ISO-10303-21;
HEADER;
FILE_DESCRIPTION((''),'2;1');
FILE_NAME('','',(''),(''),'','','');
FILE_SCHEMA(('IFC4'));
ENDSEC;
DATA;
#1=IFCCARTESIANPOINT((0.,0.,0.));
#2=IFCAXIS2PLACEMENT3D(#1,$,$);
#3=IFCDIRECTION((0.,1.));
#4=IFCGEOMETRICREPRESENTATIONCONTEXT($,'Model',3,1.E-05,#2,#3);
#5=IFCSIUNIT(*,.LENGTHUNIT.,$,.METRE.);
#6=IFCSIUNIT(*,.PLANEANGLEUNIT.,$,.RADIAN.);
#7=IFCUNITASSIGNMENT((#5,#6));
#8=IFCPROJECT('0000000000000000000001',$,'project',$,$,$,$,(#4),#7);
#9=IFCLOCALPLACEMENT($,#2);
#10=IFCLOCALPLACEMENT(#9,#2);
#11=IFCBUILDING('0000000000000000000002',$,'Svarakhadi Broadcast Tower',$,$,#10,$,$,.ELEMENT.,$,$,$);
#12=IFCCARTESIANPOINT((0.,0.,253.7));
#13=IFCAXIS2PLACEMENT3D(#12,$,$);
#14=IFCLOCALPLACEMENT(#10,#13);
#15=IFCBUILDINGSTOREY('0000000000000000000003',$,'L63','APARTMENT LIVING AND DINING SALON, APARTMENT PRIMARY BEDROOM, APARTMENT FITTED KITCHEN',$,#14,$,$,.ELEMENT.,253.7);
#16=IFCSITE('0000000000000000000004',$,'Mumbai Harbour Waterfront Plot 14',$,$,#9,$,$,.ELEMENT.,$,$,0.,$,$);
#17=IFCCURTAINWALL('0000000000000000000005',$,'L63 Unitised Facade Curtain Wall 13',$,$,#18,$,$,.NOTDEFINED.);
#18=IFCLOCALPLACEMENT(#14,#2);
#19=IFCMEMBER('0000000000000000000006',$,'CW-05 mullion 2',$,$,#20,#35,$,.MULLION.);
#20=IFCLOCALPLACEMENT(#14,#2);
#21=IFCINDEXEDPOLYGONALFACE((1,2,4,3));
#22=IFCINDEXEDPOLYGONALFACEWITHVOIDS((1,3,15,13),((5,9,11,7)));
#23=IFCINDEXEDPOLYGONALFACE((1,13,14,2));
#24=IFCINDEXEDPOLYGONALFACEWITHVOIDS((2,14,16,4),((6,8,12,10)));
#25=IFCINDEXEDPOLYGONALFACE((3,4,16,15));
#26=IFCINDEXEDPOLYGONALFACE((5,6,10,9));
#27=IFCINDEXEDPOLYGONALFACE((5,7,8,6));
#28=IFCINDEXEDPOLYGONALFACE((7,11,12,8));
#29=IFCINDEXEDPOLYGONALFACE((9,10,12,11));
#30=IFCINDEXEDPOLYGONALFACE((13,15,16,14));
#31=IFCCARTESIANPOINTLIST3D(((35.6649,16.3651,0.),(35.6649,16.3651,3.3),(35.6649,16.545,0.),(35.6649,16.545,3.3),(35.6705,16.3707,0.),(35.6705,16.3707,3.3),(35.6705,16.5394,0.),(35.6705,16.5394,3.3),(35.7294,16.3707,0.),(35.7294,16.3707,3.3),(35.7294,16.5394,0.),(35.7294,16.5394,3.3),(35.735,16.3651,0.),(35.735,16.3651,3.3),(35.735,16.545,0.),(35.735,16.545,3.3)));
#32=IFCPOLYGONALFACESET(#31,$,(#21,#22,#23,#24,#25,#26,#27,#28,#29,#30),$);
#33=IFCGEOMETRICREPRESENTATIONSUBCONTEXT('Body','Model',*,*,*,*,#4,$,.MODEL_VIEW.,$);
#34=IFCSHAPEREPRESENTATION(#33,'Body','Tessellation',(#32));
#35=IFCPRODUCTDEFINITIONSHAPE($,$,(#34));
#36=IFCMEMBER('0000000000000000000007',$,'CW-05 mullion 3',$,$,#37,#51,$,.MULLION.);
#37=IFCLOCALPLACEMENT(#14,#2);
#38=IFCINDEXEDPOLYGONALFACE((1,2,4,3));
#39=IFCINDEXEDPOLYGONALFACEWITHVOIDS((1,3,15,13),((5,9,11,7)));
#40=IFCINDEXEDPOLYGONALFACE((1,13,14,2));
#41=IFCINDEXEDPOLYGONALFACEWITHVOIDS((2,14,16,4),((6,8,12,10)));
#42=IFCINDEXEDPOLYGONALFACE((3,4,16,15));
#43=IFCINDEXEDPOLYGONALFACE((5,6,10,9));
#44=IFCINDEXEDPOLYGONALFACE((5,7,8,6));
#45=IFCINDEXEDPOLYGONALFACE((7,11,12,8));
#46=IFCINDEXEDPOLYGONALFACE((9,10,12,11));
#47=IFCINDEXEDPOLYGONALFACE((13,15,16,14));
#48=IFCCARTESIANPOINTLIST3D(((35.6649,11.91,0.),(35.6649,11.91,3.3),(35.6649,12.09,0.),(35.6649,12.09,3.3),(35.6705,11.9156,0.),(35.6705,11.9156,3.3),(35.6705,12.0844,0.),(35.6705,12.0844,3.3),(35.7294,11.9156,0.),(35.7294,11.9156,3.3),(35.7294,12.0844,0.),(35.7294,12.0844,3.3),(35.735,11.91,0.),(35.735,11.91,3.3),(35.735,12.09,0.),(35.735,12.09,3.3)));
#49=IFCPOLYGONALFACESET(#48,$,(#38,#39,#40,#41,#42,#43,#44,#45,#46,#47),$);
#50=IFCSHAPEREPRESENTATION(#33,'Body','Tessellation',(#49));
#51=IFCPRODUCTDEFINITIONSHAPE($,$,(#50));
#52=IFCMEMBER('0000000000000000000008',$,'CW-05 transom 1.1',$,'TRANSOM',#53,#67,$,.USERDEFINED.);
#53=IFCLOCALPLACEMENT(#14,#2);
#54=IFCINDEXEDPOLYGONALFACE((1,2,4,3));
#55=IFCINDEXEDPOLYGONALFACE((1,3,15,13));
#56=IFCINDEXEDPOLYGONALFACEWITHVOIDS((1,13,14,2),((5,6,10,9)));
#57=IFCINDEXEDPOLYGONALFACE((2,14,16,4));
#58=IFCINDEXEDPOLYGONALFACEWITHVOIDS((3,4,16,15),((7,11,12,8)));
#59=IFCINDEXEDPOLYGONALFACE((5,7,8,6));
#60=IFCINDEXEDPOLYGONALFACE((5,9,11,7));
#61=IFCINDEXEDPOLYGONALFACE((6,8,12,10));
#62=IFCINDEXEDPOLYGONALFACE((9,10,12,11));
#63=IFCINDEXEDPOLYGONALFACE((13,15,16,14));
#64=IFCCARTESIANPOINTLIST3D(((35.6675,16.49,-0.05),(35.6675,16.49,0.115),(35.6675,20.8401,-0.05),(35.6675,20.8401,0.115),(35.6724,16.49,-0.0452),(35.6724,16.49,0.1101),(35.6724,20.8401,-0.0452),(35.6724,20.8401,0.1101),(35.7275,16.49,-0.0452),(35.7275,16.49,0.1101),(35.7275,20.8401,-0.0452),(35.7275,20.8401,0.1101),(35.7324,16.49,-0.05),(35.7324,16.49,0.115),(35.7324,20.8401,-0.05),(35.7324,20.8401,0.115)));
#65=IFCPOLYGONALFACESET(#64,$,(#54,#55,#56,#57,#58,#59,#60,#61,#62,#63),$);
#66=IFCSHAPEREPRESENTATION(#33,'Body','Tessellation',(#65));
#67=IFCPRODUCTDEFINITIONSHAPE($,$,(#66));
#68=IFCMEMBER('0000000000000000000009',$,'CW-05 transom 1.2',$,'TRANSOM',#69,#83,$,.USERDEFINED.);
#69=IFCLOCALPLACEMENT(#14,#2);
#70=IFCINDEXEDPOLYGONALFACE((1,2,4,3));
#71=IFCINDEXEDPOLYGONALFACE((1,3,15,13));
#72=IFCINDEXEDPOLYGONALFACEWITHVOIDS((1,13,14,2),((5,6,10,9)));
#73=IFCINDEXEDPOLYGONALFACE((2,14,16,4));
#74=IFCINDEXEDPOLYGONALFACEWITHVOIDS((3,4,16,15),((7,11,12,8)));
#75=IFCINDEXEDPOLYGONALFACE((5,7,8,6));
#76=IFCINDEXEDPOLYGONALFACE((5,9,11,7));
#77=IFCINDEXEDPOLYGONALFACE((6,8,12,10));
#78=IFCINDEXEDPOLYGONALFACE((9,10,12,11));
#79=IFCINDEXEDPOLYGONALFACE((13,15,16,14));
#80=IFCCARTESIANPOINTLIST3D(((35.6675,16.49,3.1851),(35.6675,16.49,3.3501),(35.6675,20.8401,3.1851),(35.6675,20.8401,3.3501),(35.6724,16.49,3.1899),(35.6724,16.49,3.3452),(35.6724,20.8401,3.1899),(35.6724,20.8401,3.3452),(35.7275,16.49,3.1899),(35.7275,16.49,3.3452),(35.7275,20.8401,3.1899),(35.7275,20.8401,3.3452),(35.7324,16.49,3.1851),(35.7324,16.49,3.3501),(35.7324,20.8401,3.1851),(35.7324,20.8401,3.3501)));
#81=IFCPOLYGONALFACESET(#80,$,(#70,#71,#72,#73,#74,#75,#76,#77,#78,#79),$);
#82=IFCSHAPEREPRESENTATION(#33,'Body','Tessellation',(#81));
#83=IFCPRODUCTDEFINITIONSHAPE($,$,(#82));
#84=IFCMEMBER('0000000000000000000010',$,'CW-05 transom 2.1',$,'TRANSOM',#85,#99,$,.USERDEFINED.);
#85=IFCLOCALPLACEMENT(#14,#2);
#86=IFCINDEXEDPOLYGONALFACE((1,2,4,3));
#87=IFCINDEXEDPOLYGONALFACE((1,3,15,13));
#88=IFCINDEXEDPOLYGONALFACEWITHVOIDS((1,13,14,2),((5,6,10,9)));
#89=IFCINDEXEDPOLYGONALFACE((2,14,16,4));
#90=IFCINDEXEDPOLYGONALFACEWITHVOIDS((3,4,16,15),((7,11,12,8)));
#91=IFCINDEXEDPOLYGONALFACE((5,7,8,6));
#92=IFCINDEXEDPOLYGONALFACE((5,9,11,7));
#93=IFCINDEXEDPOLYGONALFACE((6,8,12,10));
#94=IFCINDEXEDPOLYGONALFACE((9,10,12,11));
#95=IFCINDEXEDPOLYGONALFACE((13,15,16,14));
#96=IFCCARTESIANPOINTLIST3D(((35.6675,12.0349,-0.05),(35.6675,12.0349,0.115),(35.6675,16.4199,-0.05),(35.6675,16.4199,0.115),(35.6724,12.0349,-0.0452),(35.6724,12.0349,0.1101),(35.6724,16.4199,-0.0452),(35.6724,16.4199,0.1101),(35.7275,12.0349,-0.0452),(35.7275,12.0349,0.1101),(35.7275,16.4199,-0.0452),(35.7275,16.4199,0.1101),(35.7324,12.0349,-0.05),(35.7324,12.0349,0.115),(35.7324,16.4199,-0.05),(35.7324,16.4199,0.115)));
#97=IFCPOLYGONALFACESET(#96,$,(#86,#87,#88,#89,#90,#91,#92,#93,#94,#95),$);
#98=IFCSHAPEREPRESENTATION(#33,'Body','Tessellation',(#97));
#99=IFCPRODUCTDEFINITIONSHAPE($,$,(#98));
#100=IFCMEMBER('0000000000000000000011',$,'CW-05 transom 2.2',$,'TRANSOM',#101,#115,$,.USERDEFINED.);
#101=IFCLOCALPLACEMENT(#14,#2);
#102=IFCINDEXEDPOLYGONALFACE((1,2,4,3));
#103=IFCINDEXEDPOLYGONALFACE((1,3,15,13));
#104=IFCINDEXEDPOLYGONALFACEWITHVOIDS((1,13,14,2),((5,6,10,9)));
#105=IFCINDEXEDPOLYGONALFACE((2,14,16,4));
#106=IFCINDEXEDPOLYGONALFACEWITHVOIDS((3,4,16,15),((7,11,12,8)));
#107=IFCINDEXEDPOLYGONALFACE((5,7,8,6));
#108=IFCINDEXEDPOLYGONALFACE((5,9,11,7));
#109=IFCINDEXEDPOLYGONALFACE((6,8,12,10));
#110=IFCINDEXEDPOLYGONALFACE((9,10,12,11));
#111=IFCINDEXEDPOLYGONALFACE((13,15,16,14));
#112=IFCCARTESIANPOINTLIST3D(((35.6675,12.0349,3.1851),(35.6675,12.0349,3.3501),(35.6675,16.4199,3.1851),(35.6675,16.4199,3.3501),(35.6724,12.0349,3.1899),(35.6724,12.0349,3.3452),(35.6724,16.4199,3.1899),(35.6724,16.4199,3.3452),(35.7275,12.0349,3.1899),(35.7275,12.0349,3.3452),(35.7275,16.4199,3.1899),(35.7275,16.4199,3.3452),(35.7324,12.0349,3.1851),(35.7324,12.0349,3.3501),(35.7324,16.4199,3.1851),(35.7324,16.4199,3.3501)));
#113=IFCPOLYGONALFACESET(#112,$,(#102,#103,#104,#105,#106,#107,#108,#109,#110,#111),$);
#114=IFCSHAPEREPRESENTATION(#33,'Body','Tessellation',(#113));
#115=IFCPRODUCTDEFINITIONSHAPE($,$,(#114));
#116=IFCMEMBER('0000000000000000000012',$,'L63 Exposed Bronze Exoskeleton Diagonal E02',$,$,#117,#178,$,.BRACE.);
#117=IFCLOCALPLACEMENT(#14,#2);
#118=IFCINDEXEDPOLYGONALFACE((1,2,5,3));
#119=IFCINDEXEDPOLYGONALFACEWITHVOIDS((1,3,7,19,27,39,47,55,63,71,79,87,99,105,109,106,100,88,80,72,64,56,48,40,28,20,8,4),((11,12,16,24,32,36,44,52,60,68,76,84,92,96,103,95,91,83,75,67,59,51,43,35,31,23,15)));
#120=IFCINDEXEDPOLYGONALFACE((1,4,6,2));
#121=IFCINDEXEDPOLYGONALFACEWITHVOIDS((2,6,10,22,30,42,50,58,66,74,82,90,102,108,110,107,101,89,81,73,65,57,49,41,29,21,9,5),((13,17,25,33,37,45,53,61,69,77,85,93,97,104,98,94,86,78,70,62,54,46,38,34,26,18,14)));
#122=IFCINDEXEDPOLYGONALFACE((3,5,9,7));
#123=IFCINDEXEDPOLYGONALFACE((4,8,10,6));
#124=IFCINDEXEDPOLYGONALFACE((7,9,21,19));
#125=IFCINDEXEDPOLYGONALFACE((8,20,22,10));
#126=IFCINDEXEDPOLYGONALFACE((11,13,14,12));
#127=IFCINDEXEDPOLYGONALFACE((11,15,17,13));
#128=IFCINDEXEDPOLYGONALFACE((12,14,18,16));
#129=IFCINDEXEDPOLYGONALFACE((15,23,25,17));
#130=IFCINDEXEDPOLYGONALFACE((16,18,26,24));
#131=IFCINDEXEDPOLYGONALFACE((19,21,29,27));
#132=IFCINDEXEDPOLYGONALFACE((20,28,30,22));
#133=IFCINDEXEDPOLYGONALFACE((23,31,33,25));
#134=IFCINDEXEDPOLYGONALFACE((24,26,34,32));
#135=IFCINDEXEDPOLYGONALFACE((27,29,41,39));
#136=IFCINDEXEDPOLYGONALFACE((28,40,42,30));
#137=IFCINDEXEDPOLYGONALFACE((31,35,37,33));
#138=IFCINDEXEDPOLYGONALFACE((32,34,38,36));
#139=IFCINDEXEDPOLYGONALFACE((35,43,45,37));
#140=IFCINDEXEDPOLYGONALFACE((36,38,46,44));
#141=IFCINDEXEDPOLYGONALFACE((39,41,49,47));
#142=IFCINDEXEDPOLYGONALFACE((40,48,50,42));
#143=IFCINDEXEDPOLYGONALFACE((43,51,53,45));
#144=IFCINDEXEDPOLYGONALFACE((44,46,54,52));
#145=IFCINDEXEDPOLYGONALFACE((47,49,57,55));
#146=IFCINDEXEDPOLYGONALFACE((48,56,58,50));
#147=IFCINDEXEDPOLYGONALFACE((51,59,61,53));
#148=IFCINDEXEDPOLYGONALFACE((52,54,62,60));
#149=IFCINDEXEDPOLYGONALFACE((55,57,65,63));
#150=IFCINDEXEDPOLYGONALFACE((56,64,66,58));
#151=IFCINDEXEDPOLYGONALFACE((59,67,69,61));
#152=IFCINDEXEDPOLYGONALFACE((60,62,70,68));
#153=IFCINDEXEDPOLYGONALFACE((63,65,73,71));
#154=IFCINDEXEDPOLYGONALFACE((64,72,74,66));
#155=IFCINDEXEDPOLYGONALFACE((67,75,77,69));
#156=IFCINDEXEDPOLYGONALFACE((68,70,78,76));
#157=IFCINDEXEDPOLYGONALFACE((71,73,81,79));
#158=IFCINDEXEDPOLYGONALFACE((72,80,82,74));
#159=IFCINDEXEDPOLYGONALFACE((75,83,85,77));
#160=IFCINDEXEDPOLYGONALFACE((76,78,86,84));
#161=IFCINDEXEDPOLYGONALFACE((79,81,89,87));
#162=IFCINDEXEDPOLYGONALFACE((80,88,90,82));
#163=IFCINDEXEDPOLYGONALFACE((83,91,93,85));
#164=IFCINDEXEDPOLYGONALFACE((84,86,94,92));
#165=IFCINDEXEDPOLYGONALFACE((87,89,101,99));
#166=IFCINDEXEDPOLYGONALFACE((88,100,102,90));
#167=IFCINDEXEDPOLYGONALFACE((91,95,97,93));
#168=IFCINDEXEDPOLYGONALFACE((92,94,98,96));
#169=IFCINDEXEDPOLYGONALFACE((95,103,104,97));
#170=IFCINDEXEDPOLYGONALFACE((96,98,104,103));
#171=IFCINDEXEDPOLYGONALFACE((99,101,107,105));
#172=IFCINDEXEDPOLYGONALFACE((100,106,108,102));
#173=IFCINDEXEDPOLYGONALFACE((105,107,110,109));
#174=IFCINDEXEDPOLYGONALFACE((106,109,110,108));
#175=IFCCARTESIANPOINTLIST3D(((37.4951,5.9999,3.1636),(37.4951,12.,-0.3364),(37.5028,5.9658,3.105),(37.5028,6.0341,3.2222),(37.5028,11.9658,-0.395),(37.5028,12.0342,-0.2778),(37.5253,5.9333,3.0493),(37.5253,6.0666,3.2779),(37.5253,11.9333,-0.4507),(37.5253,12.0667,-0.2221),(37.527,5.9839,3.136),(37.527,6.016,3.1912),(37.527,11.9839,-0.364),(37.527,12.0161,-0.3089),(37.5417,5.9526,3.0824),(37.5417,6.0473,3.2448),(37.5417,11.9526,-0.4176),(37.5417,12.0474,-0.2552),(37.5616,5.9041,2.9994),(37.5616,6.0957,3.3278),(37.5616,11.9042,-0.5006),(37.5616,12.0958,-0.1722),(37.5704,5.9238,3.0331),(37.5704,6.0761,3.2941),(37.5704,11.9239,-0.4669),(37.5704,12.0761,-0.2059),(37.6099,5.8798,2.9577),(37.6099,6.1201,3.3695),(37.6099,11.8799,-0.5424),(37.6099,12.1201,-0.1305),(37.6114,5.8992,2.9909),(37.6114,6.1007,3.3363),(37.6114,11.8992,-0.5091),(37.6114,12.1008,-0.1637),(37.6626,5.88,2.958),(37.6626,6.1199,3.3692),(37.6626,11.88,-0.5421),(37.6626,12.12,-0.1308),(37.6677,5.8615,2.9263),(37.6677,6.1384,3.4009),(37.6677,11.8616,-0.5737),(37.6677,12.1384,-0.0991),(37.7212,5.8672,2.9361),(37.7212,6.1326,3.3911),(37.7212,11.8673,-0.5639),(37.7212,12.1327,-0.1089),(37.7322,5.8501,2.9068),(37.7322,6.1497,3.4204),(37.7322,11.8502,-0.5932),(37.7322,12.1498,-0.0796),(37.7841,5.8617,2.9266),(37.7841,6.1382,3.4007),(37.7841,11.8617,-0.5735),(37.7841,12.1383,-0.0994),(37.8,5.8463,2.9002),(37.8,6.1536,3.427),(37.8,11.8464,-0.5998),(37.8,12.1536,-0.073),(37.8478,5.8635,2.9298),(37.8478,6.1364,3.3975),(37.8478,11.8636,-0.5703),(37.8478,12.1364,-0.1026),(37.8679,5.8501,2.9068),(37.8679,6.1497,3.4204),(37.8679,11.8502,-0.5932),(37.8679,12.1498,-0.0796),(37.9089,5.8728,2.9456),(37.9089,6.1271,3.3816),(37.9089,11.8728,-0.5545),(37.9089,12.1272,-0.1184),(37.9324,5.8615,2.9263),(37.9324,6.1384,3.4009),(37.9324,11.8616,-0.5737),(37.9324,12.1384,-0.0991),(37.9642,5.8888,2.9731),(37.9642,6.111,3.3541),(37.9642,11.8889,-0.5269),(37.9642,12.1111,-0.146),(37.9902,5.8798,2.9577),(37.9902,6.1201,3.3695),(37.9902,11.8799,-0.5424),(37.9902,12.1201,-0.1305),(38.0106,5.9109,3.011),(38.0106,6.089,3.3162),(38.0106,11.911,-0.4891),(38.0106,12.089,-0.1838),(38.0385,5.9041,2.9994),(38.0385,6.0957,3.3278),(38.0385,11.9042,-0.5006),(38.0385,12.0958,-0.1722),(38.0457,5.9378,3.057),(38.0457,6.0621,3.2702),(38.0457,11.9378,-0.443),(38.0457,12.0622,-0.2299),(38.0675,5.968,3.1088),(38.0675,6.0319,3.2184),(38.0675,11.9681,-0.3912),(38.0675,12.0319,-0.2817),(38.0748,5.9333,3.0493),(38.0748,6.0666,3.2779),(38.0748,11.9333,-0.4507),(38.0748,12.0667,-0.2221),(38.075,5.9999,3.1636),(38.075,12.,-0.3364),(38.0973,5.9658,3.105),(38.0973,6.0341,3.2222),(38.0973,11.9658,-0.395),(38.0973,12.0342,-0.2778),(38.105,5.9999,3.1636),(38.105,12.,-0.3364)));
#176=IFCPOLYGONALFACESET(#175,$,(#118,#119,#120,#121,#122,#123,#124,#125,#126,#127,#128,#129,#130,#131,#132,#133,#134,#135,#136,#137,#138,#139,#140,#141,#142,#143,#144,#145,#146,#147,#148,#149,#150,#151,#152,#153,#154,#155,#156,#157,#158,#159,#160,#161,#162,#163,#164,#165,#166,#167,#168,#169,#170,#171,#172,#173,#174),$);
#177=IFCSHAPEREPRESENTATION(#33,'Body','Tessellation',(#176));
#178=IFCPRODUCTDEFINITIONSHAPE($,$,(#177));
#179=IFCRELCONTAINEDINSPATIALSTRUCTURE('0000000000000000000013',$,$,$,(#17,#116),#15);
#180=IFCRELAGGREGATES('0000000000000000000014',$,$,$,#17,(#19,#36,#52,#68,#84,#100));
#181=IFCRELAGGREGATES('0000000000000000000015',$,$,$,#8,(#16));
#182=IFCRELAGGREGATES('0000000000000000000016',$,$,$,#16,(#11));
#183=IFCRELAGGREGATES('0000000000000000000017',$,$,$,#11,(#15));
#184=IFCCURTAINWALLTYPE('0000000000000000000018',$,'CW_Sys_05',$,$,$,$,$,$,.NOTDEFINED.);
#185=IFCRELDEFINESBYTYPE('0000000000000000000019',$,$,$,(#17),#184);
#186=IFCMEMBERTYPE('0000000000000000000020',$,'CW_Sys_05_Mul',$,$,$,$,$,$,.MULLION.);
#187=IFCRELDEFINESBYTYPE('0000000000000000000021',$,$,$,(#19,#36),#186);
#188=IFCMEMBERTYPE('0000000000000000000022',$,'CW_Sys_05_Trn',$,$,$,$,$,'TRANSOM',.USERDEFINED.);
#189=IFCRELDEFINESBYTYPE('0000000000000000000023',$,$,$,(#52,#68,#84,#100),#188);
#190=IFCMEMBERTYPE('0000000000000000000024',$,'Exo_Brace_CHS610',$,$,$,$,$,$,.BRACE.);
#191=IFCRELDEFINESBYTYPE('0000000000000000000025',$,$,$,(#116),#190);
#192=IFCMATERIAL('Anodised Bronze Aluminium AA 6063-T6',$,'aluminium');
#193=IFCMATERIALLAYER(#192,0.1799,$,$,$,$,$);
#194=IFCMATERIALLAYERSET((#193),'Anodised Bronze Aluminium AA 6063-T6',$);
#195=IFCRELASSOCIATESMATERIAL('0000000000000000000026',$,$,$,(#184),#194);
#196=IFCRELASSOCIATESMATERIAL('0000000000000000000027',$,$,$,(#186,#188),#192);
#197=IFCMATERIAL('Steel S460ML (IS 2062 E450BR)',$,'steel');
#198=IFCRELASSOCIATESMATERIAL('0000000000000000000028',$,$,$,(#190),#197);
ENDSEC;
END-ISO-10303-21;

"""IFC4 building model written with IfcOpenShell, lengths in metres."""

from ifc_helpers import new_model, si_unit, direction, frame, origin, origin_2d, place, context, subcontext, project, spatial, hollow_rectangle, hollow_circle, extrude, material, layer, layer_set, material_profile, profile_set, type_object, element, aggregate, save


model = new_model("IFC4")

# Units and contexts
model_context = context("Model", 3, precision=1e-05, world=origin(), true_north=direction((0.0, 1.0)))
body_context = subcontext(model_context, "Body", "Model", "MODEL_VIEW")
ifc_project = project(units=[si_unit("LENGTHUNIT", "METRE"), si_unit("PLANEANGLEUNIT", "RADIAN")], contexts=[model_context])

# Site, building, storey
site_placement = place(None, origin())
site = spatial("IfcSite", under=ifc_project, at=site_placement, Name="Mumbai Harbour Waterfront Plot 14", CompositionType="ELEMENT", RefElevation=0.0)
building_placement = place(site_placement, origin())
building = spatial("IfcBuilding", under=site, at=building_placement, Name="Svarakhadi Broadcast Tower", CompositionType="ELEMENT")
storey_placement = place(building_placement, frame((0.0, 0.0, 253.7)))
storey = spatial("IfcBuildingStorey", under=building, at=storey_placement, Name="L63", Description="APARTMENT LIVING AND DINING SALON, APARTMENT PRIMARY BEDROOM, APARTMENT FITTED KITCHEN", CompositionType="ELEMENT", Elevation=253.7)

# Shared definitions
ifc_material_1 = material(Name="Steel S460ML (IS 2062 E450BR)", Category="steel")

# Shared definitions
ifc_material_2 = material(Name="Anodised Bronze Aluminium AA 6063-T6", Category="aluminium")
ifc_layer_1 = layer(ifc_material_2, 0.1799)
ifc_layer_set_1 = layer_set([ifc_layer_1], Name="Anodised Bronze Aluminium AA 6063-T6")
curtain_wall_type = type_object("IfcCurtainWallType", Name="CW_Sys_05", PredefinedType="NOTDEFINED", material=ifc_layer_set_1)
ifc_material_profile_1 = material_profile(ifc_material_2, hollow_rectangle(XDim=0.0701, YDim=0.1799, WallThickness=0.0056, at=origin_2d()), Name="ALU MULLION 180x70x6")
ifc_profile_set_1 = profile_set([ifc_material_profile_1], Name="Anodised Bronze Aluminium AA 6063-T6")
member_type_1 = type_object("IfcMemberType", Name="CW_Sys_05_Mul", PredefinedType="MULLION", material=ifc_profile_set_1)

# Curtain wall, members
curtain_wall_1_placement = place(storey_placement, origin())
curtain_wall_1 = element("IfcCurtainWall", 1, at=curtain_wall_1_placement, inside=storey, type_object=curtain_wall_type, Name="L63 Unitised Facade Curtain Wall 13", PredefinedType="NOTDEFINED")
member_1_placement = place(storey_placement, frame((35.7, 16.4551, 0.0), z_axis=(0.0, 0.0, 1.0), x_axis=(1.0, 0.0, 0.0)))
member_1 = element("IfcMember", 2, at=member_1_placement, type_object=member_type_1, Name="CW-05 mullion 2", PredefinedType="MULLION", context=body_context, shape_type="SweptSolid", body=[
    extrude(hollow_rectangle(XDim=0.0701, YDim=0.1799, WallThickness=0.0056, at=origin_2d()), origin(), (0.0, 0.0, 1.0), 3.3),
])
member_2_placement = place(storey_placement, frame((35.7, 12.0, 0.0), z_axis=(0.0, 0.0, 1.0), x_axis=(1.0, 0.0, 0.0)))
member_2 = element("IfcMember", 3, at=member_2_placement, type_object=member_type_1, Name="CW-05 mullion 3", PredefinedType="MULLION", context=body_context, shape_type="SweptSolid", body=[
    extrude(hollow_rectangle(XDim=0.0701, YDim=0.1799, WallThickness=0.0056, at=origin_2d()), origin(), (0.0, 0.0, 1.0), 3.3),
])
ifc_material_profile_2 = material_profile(ifc_material_2, hollow_rectangle(XDim=0.0649, YDim=0.165, WallThickness=0.0049, at=origin_2d()), Name="ALU TRANSOM 165x65x5")
ifc_profile_set_2 = profile_set([ifc_material_profile_2], Name="Anodised Bronze Aluminium AA 6063-T6")
member_type_2 = type_object("IfcMemberType", Name="CW_Sys_05_Trn", ElementType="TRANSOM", PredefinedType="USERDEFINED", material=ifc_profile_set_2)
member_3_placement = place(storey_placement, frame((35.7, 20.8401, 0.0325), z_axis=(0.0, -1.0, 0.0), x_axis=(1.0, 0.0, 0.0)))
member_3 = element("IfcMember", 4, at=member_3_placement, type_object=member_type_2, Name="CW-05 transom 1.1", ObjectType="TRANSOM", PredefinedType="USERDEFINED", context=body_context, shape_type="SweptSolid", body=[
    extrude(hollow_rectangle(XDim=0.0649, YDim=0.165, WallThickness=0.0049, at=origin_2d()), origin(), (0.0, 0.0, 1.0), 4.3501),
])
member_4_placement = place(storey_placement, frame((35.7, 20.8401, 3.2676), z_axis=(0.0, -1.0, 0.0), x_axis=(1.0, 0.0, 0.0)))
member_4 = element("IfcMember", 5, at=member_4_placement, type_object=member_type_2, Name="CW-05 transom 1.2", ObjectType="TRANSOM", PredefinedType="USERDEFINED", context=body_context, shape_type="SweptSolid", body=[
    extrude(hollow_rectangle(XDim=0.0649, YDim=0.165, WallThickness=0.0049, at=origin_2d()), origin(), (0.0, 0.0, 1.0), 4.3501),
])
member_5_placement = place(storey_placement, frame((35.7, 16.4199, 0.0325), z_axis=(0.0, -1.0, 0.0), x_axis=(1.0, 0.0, 0.0)))
member_5 = element("IfcMember", 6, at=member_5_placement, type_object=member_type_2, Name="CW-05 transom 2.1", ObjectType="TRANSOM", PredefinedType="USERDEFINED", context=body_context, shape_type="SweptSolid", body=[
    extrude(hollow_rectangle(XDim=0.0649, YDim=0.165, WallThickness=0.0049, at=origin_2d()), origin(), (0.0, 0.0, 1.0), 4.385),
])
member_6_placement = place(storey_placement, frame((35.7, 16.4199, 3.2676), z_axis=(0.0, -1.0, 0.0), x_axis=(1.0, 0.0, 0.0)))
member_6 = element("IfcMember", 7, at=member_6_placement, type_object=member_type_2, Name="CW-05 transom 2.2", ObjectType="TRANSOM", PredefinedType="USERDEFINED", context=body_context, shape_type="SweptSolid", body=[
    extrude(hollow_rectangle(XDim=0.0649, YDim=0.165, WallThickness=0.0049, at=origin_2d()), origin(), (0.0, 0.0, 1.0), 4.385),
])

# Member
ifc_material_profile_3 = material_profile(ifc_material_1, hollow_circle(Radius=0.3049, WallThickness=0.03, at=origin_2d()), Name="CHS 610x30")
ifc_profile_set_3 = profile_set([ifc_material_profile_3], Name="Steel S460ML (IS 2062 E450BR)")
member_type_3 = type_object("IfcMemberType", Name="Exo_Brace_CHS610", PredefinedType="BRACE", material=ifc_profile_set_3)
for number, where, z_axis, x_axis, name in (
    (8, (37.8, 12.0, -0.3364), (0.0, -0.863779, 0.503871), (1.0, 0.0, 0.0), "L63 Exposed Bronze Exoskeleton Diagonal E02"),
):
    element("IfcMember", number, at=place(storey_placement, frame(where, z_axis=z_axis, x_axis=x_axis)), inside=storey, type_object=member_type_3, Name=name, PredefinedType="BRACE", context=body_context, shape_type="SweptSolid", body=[
        extrude(hollow_circle(Radius=0.3049, WallThickness=0.03, at=origin_2d()), origin(), (0.0, 0.0, 1.0), 6.9463),
    ])

aggregate(curtain_wall_1, [member_1, member_2, member_3, member_4, member_5, member_6])

save(model, "model.ifc")
